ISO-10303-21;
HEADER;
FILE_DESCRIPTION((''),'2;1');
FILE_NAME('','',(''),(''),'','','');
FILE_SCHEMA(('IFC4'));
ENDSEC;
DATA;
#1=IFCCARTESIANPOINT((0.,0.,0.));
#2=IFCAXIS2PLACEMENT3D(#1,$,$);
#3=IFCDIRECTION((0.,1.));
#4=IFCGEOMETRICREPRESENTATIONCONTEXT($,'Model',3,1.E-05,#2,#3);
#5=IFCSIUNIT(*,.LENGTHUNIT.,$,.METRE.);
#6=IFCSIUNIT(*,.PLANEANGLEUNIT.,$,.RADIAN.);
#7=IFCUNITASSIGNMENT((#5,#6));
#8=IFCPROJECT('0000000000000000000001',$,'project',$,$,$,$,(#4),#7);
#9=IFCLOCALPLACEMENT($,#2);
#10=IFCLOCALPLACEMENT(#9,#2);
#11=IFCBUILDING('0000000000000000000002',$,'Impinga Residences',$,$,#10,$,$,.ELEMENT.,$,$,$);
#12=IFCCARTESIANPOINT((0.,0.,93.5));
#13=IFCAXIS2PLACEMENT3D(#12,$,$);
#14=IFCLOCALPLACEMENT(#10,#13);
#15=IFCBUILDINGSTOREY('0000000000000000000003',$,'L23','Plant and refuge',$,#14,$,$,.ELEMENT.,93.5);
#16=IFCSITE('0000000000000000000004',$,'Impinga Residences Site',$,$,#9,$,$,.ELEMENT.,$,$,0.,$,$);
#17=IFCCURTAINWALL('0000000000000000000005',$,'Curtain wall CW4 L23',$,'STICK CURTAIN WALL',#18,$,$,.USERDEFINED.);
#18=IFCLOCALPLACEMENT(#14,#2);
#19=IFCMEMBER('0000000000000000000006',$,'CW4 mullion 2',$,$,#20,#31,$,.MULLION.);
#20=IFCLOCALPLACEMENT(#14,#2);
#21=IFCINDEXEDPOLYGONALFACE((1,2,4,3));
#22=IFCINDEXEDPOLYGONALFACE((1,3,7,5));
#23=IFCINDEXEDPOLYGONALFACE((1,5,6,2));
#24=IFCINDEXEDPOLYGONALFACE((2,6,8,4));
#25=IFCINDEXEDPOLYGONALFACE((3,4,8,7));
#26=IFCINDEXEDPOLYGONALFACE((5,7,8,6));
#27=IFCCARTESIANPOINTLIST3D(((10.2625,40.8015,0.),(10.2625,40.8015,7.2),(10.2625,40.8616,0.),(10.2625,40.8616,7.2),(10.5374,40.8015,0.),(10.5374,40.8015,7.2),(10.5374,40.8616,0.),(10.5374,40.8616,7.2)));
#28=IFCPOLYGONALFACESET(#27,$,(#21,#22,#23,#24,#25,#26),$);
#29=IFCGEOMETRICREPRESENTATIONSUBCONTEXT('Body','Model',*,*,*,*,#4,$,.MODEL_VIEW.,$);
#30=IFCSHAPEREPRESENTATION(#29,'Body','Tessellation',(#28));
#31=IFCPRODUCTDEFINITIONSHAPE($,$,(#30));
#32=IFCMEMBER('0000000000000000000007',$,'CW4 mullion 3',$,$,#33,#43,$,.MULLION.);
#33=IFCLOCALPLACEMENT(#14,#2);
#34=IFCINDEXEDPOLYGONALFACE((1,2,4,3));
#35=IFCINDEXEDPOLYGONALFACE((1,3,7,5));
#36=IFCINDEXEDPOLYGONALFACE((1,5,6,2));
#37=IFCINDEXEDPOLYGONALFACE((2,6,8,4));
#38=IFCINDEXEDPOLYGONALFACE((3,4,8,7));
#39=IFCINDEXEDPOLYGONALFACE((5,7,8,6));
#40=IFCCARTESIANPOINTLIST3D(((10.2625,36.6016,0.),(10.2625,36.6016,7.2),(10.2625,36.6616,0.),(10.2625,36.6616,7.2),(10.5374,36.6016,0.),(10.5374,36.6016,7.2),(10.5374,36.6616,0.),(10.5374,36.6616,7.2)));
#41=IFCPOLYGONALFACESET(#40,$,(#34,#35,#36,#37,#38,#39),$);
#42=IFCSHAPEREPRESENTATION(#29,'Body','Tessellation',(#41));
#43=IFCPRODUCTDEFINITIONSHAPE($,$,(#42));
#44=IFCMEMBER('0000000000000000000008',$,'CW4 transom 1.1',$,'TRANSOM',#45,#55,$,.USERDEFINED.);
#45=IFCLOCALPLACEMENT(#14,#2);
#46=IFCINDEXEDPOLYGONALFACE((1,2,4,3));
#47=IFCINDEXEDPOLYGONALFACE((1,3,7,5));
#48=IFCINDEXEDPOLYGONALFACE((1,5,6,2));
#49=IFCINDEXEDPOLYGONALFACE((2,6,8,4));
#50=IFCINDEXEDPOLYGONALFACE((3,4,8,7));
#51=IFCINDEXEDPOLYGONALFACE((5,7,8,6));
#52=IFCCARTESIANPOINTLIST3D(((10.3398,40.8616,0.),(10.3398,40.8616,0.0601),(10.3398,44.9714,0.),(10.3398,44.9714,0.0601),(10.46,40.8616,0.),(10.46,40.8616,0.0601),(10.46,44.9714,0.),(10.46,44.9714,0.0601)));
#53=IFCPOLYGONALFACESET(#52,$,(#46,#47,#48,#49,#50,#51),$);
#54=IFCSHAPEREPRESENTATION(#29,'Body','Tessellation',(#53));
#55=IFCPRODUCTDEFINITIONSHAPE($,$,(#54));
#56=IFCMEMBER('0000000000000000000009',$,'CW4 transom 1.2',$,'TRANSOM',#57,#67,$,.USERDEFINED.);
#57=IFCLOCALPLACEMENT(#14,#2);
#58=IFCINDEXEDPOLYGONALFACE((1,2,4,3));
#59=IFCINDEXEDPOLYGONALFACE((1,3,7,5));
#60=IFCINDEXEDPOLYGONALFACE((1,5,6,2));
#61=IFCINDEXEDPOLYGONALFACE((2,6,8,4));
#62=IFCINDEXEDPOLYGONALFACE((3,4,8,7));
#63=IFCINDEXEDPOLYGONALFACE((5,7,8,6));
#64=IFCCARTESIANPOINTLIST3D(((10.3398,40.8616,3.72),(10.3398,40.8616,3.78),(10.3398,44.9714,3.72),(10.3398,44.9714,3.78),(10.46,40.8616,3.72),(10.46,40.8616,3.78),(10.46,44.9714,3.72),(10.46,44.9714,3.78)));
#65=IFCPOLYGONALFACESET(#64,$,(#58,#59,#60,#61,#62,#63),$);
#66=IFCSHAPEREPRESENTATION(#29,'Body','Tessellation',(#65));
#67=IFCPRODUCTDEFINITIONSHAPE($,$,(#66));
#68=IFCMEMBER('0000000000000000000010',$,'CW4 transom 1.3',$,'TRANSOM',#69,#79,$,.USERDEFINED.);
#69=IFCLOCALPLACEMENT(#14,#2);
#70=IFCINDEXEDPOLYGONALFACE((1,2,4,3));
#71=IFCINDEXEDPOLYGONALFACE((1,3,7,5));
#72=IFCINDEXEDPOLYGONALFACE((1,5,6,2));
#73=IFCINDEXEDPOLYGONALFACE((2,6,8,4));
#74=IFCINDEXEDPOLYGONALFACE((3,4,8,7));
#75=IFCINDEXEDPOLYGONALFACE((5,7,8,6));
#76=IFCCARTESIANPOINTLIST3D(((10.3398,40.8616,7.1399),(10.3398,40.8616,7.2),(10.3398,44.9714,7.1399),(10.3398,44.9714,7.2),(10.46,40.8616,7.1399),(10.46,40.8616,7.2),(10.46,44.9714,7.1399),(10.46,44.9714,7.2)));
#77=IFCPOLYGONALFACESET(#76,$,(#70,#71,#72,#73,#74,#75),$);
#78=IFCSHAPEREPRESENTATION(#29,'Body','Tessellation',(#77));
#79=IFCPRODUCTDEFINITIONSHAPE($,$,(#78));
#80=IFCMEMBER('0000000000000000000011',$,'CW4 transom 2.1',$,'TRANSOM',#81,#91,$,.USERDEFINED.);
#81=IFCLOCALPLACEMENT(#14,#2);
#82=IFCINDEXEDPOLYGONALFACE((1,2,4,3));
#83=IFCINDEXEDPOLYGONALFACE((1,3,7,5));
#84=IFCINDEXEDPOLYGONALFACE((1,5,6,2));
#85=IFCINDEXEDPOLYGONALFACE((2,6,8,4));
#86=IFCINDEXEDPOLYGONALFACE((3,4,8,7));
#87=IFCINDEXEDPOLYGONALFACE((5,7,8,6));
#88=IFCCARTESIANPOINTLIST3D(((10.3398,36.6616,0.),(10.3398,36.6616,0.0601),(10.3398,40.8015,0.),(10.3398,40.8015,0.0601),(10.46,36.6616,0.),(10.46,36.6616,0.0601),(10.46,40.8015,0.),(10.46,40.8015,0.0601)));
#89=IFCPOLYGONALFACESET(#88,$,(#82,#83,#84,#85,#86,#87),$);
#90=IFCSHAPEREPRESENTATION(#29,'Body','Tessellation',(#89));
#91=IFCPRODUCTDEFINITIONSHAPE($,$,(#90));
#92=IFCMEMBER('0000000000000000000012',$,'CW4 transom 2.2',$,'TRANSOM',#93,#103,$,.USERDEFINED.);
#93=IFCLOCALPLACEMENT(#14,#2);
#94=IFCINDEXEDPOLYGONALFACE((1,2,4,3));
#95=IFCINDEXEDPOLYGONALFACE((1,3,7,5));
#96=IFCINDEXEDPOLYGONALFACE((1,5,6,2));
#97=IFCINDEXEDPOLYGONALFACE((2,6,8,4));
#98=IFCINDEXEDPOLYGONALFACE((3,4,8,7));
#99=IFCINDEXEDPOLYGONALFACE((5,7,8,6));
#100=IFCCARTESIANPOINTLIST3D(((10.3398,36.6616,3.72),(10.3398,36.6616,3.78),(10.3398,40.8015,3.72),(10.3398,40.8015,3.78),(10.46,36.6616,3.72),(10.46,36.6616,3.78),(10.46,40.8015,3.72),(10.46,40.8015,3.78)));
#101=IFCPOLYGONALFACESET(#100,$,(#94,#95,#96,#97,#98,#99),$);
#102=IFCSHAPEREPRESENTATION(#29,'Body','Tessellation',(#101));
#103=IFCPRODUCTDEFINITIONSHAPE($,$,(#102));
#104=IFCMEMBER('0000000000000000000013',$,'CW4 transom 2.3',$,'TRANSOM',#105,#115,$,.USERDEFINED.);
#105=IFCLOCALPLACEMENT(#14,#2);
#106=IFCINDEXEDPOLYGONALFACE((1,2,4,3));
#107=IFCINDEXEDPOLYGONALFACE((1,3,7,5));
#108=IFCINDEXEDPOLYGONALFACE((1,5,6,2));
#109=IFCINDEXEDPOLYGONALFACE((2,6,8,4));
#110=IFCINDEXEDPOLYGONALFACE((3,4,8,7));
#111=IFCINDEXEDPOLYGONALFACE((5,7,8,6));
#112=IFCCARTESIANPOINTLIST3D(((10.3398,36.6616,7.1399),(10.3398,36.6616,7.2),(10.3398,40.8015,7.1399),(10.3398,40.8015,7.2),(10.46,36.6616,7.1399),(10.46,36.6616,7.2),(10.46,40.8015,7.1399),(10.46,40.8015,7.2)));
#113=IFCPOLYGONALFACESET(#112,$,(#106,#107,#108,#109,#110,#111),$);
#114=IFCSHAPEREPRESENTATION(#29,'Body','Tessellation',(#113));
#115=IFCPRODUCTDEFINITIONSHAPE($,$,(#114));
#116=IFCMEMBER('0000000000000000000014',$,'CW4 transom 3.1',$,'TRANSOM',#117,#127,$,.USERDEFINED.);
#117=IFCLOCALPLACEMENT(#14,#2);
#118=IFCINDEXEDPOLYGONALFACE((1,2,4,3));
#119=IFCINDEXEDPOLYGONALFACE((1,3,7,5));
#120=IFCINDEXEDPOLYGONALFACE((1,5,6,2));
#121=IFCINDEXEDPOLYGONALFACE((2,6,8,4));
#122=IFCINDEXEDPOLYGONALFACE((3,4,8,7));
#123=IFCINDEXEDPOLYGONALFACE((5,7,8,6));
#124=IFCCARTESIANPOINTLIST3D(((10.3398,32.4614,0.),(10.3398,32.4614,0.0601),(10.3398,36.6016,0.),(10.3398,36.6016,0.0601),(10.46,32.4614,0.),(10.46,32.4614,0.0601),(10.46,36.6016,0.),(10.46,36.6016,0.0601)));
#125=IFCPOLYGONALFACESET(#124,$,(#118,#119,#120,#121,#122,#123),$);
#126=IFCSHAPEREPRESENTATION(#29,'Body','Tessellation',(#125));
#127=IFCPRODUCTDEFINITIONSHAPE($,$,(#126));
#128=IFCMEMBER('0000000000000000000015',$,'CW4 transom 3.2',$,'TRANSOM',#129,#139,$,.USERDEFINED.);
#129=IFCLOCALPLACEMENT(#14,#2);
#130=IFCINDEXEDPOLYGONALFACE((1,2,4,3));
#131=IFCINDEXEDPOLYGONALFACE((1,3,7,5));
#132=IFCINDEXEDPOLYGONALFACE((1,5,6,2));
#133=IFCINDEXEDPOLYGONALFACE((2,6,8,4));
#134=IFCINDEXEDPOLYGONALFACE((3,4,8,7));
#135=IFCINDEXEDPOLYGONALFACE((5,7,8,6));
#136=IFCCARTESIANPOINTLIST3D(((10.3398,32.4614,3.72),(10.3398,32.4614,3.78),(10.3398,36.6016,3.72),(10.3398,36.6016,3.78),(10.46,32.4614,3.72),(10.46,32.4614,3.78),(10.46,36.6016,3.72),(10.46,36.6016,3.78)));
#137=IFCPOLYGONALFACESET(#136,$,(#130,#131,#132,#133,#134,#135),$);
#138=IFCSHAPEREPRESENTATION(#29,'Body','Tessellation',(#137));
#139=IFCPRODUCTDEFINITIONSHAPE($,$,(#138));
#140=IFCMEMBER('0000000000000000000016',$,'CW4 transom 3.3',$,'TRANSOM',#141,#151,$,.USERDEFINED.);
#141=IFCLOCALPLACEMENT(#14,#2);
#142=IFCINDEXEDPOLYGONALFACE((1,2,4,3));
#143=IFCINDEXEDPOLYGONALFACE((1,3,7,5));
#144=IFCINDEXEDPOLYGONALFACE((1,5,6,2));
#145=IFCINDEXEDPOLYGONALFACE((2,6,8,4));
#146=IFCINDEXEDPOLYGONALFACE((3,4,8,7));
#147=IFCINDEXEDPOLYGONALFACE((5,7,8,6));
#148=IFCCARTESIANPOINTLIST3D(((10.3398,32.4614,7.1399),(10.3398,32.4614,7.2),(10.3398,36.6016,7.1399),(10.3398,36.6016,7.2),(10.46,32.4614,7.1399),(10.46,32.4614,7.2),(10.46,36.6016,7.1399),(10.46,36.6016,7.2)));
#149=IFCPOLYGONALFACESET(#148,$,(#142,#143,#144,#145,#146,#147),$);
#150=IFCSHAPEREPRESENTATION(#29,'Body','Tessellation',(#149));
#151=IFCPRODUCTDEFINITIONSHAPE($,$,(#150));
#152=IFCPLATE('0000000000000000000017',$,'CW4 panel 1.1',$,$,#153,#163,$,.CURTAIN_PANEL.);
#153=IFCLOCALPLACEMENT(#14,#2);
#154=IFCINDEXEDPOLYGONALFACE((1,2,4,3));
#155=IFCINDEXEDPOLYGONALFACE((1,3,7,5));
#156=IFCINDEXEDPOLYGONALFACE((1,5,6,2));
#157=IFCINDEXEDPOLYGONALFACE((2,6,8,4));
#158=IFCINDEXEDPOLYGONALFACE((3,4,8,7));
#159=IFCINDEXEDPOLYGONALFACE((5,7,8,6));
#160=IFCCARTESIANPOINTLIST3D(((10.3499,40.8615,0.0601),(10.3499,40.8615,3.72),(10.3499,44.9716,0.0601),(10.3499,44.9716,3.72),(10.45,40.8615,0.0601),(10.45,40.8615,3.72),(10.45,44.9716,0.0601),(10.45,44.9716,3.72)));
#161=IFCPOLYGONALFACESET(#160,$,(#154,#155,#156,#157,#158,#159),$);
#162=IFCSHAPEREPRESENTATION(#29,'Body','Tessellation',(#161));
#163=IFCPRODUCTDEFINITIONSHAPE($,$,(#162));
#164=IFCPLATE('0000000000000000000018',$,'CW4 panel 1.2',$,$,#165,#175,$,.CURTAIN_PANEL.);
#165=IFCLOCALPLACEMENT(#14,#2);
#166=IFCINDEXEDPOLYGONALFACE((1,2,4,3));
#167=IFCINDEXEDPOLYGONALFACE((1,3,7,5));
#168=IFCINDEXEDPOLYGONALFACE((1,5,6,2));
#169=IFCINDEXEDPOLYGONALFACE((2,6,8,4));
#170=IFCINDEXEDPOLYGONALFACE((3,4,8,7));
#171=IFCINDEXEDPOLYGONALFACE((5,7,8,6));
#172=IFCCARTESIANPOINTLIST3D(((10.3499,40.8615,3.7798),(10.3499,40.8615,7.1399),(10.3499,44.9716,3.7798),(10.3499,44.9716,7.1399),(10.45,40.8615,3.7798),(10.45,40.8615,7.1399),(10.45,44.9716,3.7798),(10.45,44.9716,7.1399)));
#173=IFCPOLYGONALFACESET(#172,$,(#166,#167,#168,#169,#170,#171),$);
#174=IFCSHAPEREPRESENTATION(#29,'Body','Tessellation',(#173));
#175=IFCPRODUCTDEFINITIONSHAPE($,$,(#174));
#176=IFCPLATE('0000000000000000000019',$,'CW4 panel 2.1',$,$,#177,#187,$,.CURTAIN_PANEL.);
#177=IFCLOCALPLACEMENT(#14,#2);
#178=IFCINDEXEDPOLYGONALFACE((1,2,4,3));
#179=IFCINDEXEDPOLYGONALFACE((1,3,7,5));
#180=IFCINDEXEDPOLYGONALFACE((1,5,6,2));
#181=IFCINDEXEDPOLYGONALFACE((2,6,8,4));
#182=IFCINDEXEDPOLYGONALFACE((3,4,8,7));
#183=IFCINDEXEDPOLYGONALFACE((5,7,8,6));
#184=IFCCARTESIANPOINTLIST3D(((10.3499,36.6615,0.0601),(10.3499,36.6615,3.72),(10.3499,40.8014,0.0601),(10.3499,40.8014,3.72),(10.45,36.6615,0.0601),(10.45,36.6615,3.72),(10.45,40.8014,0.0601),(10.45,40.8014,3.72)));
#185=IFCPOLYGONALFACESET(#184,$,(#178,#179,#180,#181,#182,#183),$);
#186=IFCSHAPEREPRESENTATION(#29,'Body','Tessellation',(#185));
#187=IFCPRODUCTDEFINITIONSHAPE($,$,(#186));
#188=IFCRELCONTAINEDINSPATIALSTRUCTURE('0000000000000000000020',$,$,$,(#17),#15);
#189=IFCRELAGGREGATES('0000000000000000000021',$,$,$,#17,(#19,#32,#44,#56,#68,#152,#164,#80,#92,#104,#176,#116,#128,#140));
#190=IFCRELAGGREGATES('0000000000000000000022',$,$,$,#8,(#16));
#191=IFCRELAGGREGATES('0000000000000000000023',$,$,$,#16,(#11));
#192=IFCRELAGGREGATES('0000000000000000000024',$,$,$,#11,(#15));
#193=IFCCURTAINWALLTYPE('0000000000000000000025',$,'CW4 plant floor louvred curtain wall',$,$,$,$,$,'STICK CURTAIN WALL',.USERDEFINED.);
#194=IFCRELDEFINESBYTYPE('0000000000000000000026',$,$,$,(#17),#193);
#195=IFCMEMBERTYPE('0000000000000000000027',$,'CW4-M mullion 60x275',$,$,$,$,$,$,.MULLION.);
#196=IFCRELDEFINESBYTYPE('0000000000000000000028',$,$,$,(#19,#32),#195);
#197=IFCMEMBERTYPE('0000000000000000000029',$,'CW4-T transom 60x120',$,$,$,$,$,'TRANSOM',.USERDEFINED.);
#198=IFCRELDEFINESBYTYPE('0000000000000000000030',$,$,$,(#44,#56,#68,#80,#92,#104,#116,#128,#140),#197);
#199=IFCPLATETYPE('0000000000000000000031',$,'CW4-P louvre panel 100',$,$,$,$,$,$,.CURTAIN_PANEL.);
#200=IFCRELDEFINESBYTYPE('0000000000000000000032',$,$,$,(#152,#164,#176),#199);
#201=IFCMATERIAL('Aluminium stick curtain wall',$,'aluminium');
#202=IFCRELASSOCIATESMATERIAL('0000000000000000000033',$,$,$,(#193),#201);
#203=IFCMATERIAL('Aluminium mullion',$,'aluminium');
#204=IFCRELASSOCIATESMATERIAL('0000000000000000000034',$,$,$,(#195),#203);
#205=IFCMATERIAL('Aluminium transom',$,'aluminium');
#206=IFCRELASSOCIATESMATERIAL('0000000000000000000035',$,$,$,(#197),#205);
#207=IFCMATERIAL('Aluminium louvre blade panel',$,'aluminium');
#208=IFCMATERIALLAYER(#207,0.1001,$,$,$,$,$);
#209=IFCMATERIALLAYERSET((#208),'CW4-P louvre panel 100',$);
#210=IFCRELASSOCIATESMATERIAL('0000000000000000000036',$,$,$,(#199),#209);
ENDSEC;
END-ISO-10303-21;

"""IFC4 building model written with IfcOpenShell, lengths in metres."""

from ifc_helpers import new_model, si_unit, direction, frame, origin, origin_2d, place, context, subcontext, project, spatial, rectangle, extrude, material, layer, layer_set, material_profile, profile_set, type_object, element, aggregate, save


model = new_model("IFC4")

# Units and contexts
model_context = context("Model", 3, precision=1e-05, world=origin(), true_north=direction((0.0, 1.0)))
body_context = subcontext(model_context, "Body", "Model", "MODEL_VIEW")
ifc_project = project(units=[si_unit("LENGTHUNIT", "METRE"), si_unit("PLANEANGLEUNIT", "RADIAN")], contexts=[model_context])

# Site, building, storey
site_placement = place(None, origin())
site = spatial("IfcSite", under=ifc_project, at=site_placement, Name="Impinga Residences Site", CompositionType="ELEMENT", RefElevation=0.0)
building_placement = place(site_placement, origin())
building = spatial("IfcBuilding", under=site, at=building_placement, Name="Impinga Residences", CompositionType="ELEMENT")
storey_placement = place(building_placement, frame((0.0, 0.0, 93.5)))
storey = spatial("IfcBuildingStorey", under=building, at=storey_placement, Name="L23", Description="Plant and refuge", CompositionType="ELEMENT", Elevation=93.5)

# Curtain wall, members, plates
ifc_material_1 = material(Name="Aluminium stick curtain wall", Category="aluminium")
curtain_wall_type = type_object("IfcCurtainWallType", Name="CW4 plant floor louvred curtain wall", ElementType="STICK CURTAIN WALL", PredefinedType="USERDEFINED", material=ifc_material_1)
curtain_wall_placement = place(storey_placement, origin())
curtain_wall = element("IfcCurtainWall", 1, at=curtain_wall_placement, inside=storey, type_object=curtain_wall_type, Name="Curtain wall CW4 L23", ObjectType="STICK CURTAIN WALL", PredefinedType="USERDEFINED")
ifc_material_2 = material(Name="Aluminium mullion", Category="aluminium")
ifc_material_profile_1 = material_profile(ifc_material_2, rectangle(XDim=0.0601, YDim=0.2749, at=origin_2d()), Name="60x275 mullion")
ifc_profile_set_1 = profile_set([ifc_material_profile_1], Name="Aluminium mullion")
member_type_1 = type_object("IfcMemberType", Name="CW4-M mullion 60x275", PredefinedType="MULLION", material=ifc_profile_set_1)
member_1_placement = place(storey_placement, frame((10.3999, 40.8315, 0.0), z_axis=(0.0, 0.0, 1.0), x_axis=(0.0, -1.0, 0.0)))
member_1 = element("IfcMember", 2, at=member_1_placement, type_object=member_type_1, Name="CW4 mullion 2", PredefinedType="MULLION", context=body_context, shape_type="SweptSolid", body=[
    extrude(rectangle(XDim=0.0601, YDim=0.2749, at=origin_2d()), origin(), (0.0, 0.0, 1.0), 7.2),
])
member_2_placement = place(storey_placement, frame((10.3999, 36.6316, 0.0), z_axis=(0.0, 0.0, 1.0), x_axis=(0.0, -1.0, 0.0)))
member_2 = element("IfcMember", 3, at=member_2_placement, type_object=member_type_1, Name="CW4 mullion 3", PredefinedType="MULLION", context=body_context, shape_type="SweptSolid", body=[
    extrude(rectangle(XDim=0.0601, YDim=0.2749, at=origin_2d()), origin(), (0.0, 0.0, 1.0), 7.2),
])
ifc_material_3 = material(Name="Aluminium transom", Category="aluminium")
ifc_material_profile_2 = material_profile(ifc_material_3, rectangle(XDim=0.0601, YDim=0.1201, at=origin_2d()), Name="60x120 transom")
ifc_profile_set_2 = profile_set([ifc_material_profile_2], Name="Aluminium transom")
member_type_2 = type_object("IfcMemberType", Name="CW4-T transom 60x120", ElementType="TRANSOM", PredefinedType="USERDEFINED", material=ifc_profile_set_2)
member_3_placement = place(storey_placement, frame((10.3999, 44.9714, 0.03), z_axis=(0.0, -1.0, 0.0), x_axis=(0.0, 0.0, 1.0)))
member_3 = element("IfcMember", 4, at=member_3_placement, type_object=member_type_2, Name="CW4 transom 1.1", ObjectType="TRANSOM", PredefinedType="USERDEFINED", context=body_context, shape_type="SweptSolid", body=[
    extrude(rectangle(XDim=0.0601, YDim=0.1201, at=origin_2d()), origin(), (0.0, 0.0, 1.0), 4.1099),
])
member_4_placement = place(storey_placement, frame((10.3999, 44.9714, 3.75), z_axis=(0.0, -1.0, 0.0), x_axis=(0.0, 0.0, 1.0)))
member_4 = element("IfcMember", 5, at=member_4_placement, type_object=member_type_2, Name="CW4 transom 1.2", ObjectType="TRANSOM", PredefinedType="USERDEFINED", context=body_context, shape_type="SweptSolid", body=[
    extrude(rectangle(XDim=0.0601, YDim=0.1201, at=origin_2d()), origin(), (0.0, 0.0, 1.0), 4.1099),
])
member_5_placement = place(storey_placement, frame((10.3999, 44.9714, 7.1699), z_axis=(0.0, -1.0, 0.0), x_axis=(0.0, 0.0, 1.0)))
member_5 = element("IfcMember", 6, at=member_5_placement, type_object=member_type_2, Name="CW4 transom 1.3", ObjectType="TRANSOM", PredefinedType="USERDEFINED", context=body_context, shape_type="SweptSolid", body=[
    extrude(rectangle(XDim=0.0601, YDim=0.1201, at=origin_2d()), origin(), (0.0, 0.0, 1.0), 4.1099),
])
member_6_placement = place(storey_placement, frame((10.3999, 40.8015, 0.03), z_axis=(0.0, -1.0, 0.0), x_axis=(0.0, 0.0, 1.0)))
member_6 = element("IfcMember", 7, at=member_6_placement, type_object=member_type_2, Name="CW4 transom 2.1", ObjectType="TRANSOM", PredefinedType="USERDEFINED", context=body_context, shape_type="SweptSolid", body=[
    extrude(rectangle(XDim=0.0601, YDim=0.1201, at=origin_2d()), origin(), (0.0, 0.0, 1.0), 4.1399),
])
member_7_placement = place(storey_placement, frame((10.3999, 40.8015, 3.75), z_axis=(0.0, -1.0, 0.0), x_axis=(0.0, 0.0, 1.0)))
member_7 = element("IfcMember", 8, at=member_7_placement, type_object=member_type_2, Name="CW4 transom 2.2", ObjectType="TRANSOM", PredefinedType="USERDEFINED", context=body_context, shape_type="SweptSolid", body=[
    extrude(rectangle(XDim=0.0601, YDim=0.1201, at=origin_2d()), origin(), (0.0, 0.0, 1.0), 4.1399),
])
member_8_placement = place(storey_placement, frame((10.3999, 40.8015, 7.1699), z_axis=(0.0, -1.0, 0.0), x_axis=(0.0, 0.0, 1.0)))
member_8 = element("IfcMember", 9, at=member_8_placement, type_object=member_type_2, Name="CW4 transom 2.3", ObjectType="TRANSOM", PredefinedType="USERDEFINED", context=body_context, shape_type="SweptSolid", body=[
    extrude(rectangle(XDim=0.0601, YDim=0.1201, at=origin_2d()), origin(), (0.0, 0.0, 1.0), 4.1399),
])
member_9_placement = place(storey_placement, frame((10.3999, 36.6016, 0.03), z_axis=(0.0, -1.0, 0.0), x_axis=(0.0, 0.0, 1.0)))
member_9 = element("IfcMember", 10, at=member_9_placement, type_object=member_type_2, Name="CW4 transom 3.1", ObjectType="TRANSOM", PredefinedType="USERDEFINED", context=body_context, shape_type="SweptSolid", body=[
    extrude(rectangle(XDim=0.0601, YDim=0.1201, at=origin_2d()), origin(), (0.0, 0.0, 1.0), 4.1401),
])
member_10_placement = place(storey_placement, frame((10.3999, 36.6016, 3.75), z_axis=(0.0, -1.0, 0.0), x_axis=(0.0, 0.0, 1.0)))
member_10 = element("IfcMember", 11, at=member_10_placement, type_object=member_type_2, Name="CW4 transom 3.2", ObjectType="TRANSOM", PredefinedType="USERDEFINED", context=body_context, shape_type="SweptSolid", body=[
    extrude(rectangle(XDim=0.0601, YDim=0.1201, at=origin_2d()), origin(), (0.0, 0.0, 1.0), 4.1401),
])
member_11_placement = place(storey_placement, frame((10.3999, 36.6016, 7.1699), z_axis=(0.0, -1.0, 0.0), x_axis=(0.0, 0.0, 1.0)))
member_11 = element("IfcMember", 12, at=member_11_placement, type_object=member_type_2, Name="CW4 transom 3.3", ObjectType="TRANSOM", PredefinedType="USERDEFINED", context=body_context, shape_type="SweptSolid", body=[
    extrude(rectangle(XDim=0.0601, YDim=0.1201, at=origin_2d()), origin(), (0.0, 0.0, 1.0), 4.1401),
])
ifc_material_4 = material(Name="Aluminium louvre blade panel", Category="aluminium")
ifc_layer_1 = layer(ifc_material_4, 0.1001)
ifc_layer_set_1 = layer_set([ifc_layer_1], Name="CW4-P louvre panel 100")
plate_type = type_object("IfcPlateType", Name="CW4-P louvre panel 100", PredefinedType="CURTAIN_PANEL", material=ifc_layer_set_1)
plate_1_placement = place(storey_placement, frame((10.3999, 42.9165, 0.0601), z_axis=(0.0, 0.0, 1.0), x_axis=(0.0, -1.0, 0.0)))
plate_1 = element("IfcPlate", 13, at=plate_1_placement, type_object=plate_type, Name="CW4 panel 1.1", PredefinedType="CURTAIN_PANEL", context=body_context, shape_type="SweptSolid", body=[
    extrude(rectangle(XDim=4.1101, YDim=0.1001, at=origin_2d()), origin(), (0.0, 0.0, 1.0), 3.6599),
])
plate_2_placement = place(storey_placement, frame((10.3999, 42.9165, 3.7798), z_axis=(0.0, 0.0, 1.0), x_axis=(0.0, -1.0, 0.0)))
plate_2 = element("IfcPlate", 14, at=plate_2_placement, type_object=plate_type, Name="CW4 panel 1.2", PredefinedType="CURTAIN_PANEL", context=body_context, shape_type="SweptSolid", body=[
    extrude(rectangle(XDim=4.1101, YDim=0.1001, at=origin_2d()), origin(), (0.0, 0.0, 1.0), 3.3601),
])
plate_3_placement = place(storey_placement, frame((10.3999, 38.7314, 0.0601), z_axis=(0.0, 0.0, 1.0), x_axis=(0.0, -1.0, 0.0)))
plate_3 = element("IfcPlate", 15, at=plate_3_placement, type_object=plate_type, Name="CW4 panel 2.1", PredefinedType="CURTAIN_PANEL", context=body_context, shape_type="SweptSolid", body=[
    extrude(rectangle(XDim=4.1399, YDim=0.1001, at=origin_2d()), origin(), (0.0, 0.0, 1.0), 3.6599),
])
aggregate(curtain_wall, [member_1, member_2, member_3, member_4, member_5, plate_1, plate_2, member_6, member_7, member_8, plate_3, member_9, member_10, member_11])

save(model, "model.ifc")
